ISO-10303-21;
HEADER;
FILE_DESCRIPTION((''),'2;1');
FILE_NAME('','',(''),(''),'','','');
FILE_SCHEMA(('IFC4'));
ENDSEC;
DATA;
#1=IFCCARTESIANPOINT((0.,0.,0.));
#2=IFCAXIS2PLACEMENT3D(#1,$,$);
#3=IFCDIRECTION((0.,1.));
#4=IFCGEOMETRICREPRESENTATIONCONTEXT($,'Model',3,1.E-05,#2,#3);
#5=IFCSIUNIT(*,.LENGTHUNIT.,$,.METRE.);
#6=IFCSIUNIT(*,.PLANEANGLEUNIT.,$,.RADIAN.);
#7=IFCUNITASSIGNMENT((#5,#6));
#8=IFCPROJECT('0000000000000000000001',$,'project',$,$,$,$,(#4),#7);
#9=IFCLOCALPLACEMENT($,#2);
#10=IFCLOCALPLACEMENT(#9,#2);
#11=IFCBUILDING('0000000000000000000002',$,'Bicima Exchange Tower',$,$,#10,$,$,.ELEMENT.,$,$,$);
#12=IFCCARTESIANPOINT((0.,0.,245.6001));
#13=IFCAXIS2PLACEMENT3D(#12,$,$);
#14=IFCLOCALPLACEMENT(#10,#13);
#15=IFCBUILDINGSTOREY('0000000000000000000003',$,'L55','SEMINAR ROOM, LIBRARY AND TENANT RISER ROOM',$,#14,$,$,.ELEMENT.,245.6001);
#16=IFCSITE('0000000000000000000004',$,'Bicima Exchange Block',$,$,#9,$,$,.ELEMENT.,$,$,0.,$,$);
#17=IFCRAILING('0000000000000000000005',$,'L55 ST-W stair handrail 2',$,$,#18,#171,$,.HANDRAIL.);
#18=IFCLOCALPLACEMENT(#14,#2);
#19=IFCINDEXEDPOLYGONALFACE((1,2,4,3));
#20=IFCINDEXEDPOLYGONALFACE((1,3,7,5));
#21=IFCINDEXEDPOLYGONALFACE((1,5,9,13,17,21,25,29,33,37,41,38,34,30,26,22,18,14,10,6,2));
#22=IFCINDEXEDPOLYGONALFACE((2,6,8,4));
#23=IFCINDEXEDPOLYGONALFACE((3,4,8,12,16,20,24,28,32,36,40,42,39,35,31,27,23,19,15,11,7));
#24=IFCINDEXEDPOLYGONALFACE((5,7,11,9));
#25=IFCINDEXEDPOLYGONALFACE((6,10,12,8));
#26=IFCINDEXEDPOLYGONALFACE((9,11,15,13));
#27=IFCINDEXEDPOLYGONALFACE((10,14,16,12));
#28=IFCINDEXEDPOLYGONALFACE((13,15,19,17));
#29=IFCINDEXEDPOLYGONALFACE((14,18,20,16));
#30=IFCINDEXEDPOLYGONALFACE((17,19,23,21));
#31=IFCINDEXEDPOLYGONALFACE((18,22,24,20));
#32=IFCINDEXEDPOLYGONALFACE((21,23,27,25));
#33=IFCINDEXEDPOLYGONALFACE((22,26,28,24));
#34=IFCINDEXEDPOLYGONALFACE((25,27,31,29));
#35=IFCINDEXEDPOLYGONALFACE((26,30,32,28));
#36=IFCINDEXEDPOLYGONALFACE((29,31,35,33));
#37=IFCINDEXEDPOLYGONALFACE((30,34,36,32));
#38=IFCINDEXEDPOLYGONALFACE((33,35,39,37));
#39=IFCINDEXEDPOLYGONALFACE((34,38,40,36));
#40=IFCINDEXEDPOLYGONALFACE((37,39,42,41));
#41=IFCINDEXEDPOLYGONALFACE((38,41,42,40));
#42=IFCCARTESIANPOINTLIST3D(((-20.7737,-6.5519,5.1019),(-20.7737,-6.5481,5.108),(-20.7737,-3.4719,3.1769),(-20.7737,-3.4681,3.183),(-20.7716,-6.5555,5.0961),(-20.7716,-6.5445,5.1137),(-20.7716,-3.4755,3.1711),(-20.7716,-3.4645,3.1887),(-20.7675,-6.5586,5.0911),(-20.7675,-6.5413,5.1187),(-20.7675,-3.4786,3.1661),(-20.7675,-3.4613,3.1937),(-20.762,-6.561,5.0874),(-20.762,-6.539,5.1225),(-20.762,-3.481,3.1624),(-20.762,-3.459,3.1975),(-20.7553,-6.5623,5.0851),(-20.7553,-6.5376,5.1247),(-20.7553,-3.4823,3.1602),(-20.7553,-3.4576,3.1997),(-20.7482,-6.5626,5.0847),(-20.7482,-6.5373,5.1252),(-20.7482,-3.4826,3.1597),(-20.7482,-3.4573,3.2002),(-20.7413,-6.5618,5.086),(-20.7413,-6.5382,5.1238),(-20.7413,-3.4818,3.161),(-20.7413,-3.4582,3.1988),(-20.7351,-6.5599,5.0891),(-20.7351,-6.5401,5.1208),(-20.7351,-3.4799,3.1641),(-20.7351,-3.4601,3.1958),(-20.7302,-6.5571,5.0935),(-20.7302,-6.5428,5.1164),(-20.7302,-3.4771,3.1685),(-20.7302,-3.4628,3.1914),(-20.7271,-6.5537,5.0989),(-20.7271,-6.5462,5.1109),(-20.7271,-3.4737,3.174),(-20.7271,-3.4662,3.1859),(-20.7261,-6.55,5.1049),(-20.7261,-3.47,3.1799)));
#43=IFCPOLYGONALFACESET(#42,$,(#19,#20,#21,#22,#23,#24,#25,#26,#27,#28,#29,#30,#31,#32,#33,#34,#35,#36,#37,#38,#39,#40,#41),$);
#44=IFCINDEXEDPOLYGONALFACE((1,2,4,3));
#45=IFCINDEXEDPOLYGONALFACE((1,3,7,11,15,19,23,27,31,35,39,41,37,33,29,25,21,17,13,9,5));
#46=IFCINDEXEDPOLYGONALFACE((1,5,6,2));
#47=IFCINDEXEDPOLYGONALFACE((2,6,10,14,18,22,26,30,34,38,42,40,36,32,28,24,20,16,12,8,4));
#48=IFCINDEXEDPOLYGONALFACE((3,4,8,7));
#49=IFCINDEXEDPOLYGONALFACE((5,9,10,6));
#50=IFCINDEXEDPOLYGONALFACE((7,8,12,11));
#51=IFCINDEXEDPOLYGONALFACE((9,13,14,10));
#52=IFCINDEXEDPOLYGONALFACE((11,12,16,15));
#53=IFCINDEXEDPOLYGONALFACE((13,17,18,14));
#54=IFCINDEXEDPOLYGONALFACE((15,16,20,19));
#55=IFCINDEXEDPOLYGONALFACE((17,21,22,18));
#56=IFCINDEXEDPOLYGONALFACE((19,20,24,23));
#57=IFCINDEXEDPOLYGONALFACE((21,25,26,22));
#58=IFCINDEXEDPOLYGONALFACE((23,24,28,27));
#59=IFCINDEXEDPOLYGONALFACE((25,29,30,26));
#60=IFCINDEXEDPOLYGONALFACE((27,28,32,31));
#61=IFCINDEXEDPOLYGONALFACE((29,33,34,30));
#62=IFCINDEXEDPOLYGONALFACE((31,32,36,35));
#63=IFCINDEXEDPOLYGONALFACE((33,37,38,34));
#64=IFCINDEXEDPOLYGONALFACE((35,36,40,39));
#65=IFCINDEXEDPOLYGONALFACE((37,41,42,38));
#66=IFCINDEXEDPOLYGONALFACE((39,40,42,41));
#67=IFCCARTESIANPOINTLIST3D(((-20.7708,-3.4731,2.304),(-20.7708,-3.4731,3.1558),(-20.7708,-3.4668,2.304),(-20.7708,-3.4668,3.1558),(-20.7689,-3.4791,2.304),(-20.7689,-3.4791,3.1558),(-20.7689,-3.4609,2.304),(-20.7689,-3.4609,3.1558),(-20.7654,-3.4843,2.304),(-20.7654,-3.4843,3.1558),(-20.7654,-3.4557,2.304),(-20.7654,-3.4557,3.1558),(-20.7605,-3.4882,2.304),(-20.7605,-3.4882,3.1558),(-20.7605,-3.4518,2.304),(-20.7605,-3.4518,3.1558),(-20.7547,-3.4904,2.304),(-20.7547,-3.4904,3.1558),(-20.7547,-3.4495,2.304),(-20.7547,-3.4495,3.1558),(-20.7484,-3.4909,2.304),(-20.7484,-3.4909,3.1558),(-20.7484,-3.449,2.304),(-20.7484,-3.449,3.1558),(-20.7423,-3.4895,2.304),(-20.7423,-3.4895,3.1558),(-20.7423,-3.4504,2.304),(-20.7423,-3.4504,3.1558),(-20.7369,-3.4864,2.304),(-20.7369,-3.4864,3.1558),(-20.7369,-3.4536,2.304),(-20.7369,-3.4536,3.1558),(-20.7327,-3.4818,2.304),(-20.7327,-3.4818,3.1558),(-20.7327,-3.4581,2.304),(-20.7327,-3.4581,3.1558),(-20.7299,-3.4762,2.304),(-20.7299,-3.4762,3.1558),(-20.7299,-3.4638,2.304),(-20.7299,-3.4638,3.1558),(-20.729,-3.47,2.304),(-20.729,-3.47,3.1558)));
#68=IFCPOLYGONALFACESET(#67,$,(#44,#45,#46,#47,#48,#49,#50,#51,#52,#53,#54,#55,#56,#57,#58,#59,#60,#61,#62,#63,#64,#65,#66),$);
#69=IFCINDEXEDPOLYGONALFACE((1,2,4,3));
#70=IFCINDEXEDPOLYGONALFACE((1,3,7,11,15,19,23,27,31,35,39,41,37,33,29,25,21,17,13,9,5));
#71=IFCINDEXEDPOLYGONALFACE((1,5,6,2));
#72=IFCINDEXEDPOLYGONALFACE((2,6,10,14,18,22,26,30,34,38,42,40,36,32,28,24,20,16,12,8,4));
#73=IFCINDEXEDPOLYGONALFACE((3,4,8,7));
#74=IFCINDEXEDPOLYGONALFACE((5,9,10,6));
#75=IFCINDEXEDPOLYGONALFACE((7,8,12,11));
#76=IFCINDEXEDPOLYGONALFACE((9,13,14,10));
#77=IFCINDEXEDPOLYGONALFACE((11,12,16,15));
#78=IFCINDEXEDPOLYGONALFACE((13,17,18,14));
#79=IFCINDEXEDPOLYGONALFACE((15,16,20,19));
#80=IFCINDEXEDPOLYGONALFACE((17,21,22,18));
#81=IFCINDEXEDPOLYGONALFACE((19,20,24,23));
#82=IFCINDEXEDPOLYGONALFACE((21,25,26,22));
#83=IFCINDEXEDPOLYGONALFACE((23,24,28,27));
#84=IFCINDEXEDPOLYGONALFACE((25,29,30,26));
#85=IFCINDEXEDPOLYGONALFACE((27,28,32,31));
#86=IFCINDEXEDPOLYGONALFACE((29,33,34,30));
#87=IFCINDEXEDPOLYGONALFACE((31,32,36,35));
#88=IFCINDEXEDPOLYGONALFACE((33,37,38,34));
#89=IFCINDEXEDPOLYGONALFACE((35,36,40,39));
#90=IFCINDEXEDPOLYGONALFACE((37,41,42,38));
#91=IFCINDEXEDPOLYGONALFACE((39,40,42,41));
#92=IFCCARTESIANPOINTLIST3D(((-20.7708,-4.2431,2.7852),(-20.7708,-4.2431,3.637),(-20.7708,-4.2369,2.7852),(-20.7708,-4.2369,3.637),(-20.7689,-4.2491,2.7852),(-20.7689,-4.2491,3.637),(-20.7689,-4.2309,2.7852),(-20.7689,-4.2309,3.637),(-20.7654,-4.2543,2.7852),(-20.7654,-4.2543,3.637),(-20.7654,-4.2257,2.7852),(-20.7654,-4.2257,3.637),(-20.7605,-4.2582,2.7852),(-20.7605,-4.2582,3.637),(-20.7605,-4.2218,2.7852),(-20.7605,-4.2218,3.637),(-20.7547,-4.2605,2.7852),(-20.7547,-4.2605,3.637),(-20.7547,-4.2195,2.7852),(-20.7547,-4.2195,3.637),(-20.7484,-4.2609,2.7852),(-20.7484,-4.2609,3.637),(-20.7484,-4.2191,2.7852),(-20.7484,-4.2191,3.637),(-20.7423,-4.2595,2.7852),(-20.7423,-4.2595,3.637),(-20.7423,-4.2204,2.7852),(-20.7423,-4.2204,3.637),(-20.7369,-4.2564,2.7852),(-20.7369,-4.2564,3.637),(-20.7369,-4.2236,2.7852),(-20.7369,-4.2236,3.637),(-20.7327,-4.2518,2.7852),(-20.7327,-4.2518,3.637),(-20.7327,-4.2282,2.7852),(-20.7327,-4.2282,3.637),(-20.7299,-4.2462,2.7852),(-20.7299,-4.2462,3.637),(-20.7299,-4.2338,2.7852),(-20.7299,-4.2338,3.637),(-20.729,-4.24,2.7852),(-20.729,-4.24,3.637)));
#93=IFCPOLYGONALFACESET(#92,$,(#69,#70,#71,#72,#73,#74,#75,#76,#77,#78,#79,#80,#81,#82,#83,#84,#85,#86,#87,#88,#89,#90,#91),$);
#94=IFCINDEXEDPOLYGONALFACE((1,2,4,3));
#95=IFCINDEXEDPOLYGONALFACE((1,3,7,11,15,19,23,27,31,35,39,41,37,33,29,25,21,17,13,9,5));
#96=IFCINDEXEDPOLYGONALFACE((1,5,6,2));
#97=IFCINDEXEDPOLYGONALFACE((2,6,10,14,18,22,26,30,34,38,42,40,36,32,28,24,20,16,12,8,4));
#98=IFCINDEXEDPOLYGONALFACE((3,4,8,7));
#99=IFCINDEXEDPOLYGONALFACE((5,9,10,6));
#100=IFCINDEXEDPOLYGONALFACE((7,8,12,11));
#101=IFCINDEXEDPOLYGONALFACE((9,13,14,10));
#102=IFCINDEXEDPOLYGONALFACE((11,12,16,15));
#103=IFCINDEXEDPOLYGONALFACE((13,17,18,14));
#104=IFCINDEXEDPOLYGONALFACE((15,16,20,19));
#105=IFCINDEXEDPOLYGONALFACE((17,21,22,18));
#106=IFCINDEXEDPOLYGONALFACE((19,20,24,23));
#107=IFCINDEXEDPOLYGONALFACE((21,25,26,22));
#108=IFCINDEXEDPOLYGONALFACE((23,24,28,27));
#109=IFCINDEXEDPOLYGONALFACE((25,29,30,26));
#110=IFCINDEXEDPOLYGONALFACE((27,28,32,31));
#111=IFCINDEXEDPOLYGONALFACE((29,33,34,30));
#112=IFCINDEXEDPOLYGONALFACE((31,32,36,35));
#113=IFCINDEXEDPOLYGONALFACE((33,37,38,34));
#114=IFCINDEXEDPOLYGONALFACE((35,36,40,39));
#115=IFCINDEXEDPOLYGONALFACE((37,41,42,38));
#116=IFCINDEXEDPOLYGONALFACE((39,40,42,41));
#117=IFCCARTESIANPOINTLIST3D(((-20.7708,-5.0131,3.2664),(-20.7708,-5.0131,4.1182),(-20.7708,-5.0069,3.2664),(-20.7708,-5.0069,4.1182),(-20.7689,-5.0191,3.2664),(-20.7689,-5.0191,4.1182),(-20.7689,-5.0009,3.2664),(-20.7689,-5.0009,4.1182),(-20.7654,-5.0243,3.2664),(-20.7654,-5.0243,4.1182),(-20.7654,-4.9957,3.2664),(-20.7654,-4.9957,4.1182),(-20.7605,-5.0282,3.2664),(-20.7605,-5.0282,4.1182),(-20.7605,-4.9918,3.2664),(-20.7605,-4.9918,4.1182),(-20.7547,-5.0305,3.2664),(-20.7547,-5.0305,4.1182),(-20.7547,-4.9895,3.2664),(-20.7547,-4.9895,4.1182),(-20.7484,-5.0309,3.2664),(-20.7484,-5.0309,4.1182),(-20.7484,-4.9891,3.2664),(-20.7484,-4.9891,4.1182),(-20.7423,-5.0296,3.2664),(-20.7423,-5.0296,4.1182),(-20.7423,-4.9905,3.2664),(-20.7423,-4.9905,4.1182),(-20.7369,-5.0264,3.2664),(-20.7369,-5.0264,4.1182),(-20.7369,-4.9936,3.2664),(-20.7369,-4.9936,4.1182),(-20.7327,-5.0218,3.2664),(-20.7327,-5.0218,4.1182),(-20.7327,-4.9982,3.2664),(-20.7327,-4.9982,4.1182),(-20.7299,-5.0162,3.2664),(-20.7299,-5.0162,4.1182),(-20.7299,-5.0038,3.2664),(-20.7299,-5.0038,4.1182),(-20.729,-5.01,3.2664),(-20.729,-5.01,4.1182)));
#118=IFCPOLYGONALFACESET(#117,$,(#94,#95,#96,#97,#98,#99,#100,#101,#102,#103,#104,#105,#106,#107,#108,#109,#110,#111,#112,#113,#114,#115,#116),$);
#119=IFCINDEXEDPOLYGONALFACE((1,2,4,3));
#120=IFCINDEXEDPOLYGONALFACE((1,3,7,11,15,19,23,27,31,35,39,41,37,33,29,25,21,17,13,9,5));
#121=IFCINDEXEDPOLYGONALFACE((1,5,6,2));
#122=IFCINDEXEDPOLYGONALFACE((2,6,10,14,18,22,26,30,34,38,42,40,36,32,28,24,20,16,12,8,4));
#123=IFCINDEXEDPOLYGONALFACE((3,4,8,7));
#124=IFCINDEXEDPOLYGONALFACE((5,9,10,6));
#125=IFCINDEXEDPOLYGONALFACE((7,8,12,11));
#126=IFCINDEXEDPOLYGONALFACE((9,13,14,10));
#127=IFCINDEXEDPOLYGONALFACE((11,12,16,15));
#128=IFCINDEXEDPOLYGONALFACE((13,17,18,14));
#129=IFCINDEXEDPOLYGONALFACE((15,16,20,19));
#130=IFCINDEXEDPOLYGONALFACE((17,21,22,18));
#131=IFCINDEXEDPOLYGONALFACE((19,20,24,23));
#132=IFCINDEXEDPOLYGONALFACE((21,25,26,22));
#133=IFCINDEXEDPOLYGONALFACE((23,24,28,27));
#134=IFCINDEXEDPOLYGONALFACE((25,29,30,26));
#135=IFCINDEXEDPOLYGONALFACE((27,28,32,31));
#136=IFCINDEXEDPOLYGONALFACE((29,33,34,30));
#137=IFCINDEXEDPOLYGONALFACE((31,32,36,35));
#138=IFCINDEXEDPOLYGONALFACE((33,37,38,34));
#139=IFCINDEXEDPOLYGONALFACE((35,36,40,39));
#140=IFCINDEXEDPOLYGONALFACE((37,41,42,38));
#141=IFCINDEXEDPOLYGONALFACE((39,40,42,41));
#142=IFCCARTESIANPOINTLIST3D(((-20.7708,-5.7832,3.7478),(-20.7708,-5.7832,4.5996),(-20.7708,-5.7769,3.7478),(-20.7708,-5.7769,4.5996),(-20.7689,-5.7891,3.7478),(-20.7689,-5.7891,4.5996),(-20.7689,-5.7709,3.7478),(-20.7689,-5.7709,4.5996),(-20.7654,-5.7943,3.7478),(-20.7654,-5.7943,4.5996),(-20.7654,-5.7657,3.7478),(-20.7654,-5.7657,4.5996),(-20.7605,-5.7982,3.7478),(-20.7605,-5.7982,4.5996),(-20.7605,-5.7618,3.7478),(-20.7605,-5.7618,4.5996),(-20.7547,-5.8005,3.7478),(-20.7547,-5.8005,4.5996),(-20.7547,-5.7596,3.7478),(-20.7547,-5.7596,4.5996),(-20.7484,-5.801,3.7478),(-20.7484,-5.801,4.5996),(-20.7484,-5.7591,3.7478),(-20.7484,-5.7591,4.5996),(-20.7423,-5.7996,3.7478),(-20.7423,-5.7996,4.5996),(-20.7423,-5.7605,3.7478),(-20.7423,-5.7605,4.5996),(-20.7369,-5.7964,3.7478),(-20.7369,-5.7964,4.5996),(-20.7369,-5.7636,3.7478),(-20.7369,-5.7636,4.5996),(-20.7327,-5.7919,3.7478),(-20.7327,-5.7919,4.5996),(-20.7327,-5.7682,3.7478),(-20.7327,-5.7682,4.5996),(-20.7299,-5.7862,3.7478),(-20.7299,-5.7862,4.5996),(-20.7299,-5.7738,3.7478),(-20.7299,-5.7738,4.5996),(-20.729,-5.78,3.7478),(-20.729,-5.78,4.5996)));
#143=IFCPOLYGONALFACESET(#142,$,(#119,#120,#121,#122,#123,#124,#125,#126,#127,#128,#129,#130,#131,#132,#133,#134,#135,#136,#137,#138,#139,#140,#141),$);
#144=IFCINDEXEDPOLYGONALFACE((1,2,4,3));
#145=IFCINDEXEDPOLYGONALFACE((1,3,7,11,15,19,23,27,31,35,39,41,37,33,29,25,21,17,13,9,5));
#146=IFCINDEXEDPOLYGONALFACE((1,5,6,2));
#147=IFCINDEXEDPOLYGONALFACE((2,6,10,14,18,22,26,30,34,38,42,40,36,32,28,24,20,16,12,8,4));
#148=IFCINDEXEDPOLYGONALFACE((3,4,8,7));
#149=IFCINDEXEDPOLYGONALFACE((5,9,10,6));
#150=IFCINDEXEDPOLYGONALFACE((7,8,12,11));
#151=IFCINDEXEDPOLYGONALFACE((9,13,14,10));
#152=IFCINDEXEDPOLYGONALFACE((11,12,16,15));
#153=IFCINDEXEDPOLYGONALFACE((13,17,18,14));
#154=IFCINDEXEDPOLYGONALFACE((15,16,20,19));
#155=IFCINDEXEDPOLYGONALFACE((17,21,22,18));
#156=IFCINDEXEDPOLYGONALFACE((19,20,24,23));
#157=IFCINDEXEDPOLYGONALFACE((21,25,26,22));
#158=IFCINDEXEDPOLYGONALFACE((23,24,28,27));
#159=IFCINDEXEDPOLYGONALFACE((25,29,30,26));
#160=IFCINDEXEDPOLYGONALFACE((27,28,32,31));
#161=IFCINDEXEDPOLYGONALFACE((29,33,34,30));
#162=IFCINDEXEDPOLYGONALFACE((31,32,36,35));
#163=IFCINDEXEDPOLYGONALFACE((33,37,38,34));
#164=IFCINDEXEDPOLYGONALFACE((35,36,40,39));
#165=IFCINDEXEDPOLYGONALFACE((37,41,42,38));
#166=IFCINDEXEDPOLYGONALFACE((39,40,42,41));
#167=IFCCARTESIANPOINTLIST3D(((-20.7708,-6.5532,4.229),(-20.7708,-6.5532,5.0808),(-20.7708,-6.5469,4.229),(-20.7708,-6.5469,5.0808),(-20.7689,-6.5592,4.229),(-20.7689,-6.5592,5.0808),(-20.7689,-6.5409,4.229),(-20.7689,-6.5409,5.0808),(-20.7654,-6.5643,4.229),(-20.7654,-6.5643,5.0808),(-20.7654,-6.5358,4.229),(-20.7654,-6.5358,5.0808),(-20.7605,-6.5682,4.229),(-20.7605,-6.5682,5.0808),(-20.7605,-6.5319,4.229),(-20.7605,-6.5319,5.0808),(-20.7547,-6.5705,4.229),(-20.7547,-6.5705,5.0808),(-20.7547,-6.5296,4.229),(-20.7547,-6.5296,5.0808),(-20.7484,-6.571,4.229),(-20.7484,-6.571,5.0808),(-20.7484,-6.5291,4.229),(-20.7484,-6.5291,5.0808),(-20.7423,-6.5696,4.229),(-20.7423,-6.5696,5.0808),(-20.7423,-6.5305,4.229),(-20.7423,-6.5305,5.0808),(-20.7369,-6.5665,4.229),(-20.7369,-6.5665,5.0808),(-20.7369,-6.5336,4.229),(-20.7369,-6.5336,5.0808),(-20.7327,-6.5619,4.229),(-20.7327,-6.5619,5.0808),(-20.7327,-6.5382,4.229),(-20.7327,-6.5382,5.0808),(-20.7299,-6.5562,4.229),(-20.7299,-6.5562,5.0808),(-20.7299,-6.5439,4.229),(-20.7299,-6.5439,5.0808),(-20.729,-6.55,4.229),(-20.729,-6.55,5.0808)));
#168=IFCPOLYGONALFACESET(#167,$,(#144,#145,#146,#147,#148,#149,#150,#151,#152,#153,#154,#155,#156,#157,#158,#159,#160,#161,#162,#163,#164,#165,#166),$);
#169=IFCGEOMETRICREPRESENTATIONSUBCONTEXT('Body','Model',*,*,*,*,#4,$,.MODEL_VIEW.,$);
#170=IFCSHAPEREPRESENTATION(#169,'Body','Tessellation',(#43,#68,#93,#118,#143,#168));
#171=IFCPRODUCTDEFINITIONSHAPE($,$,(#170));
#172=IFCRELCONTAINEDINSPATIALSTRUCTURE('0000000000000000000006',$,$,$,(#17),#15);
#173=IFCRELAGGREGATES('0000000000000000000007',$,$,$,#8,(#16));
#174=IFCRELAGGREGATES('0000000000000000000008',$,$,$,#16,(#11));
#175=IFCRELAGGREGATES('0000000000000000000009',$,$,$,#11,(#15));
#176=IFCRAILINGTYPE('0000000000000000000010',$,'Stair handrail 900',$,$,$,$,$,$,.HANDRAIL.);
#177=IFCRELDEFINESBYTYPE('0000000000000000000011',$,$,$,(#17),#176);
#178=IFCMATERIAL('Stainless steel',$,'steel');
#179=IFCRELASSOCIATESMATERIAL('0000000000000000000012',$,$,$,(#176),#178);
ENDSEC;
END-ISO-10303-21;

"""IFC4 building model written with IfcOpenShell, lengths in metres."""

from ifc_helpers import new_model, si_unit, direction, frame, origin, origin_2d, place, context, subcontext, project, spatial, circle, extrude, material, type_object, element, save


model = new_model("IFC4")

# Units and contexts
model_context = context("Model", 3, precision=1e-05, world=origin(), true_north=direction((0.0, 1.0)))
body_context = subcontext(model_context, "Body", "Model", "MODEL_VIEW")
ifc_project = project(units=[si_unit("LENGTHUNIT", "METRE"), si_unit("PLANEANGLEUNIT", "RADIAN")], contexts=[model_context])

# Site, building, storey
site_placement = place(None, origin())
site = spatial("IfcSite", under=ifc_project, at=site_placement, Name="Bicima Exchange Block", CompositionType="ELEMENT", RefElevation=0.0)
building_placement = place(site_placement, origin())
building = spatial("IfcBuilding", under=site, at=building_placement, Name="Bicima Exchange Tower", CompositionType="ELEMENT")
storey_placement = place(building_placement, frame((0.0, 0.0, 245.6001)))
storey = spatial("IfcBuildingStorey", under=building, at=storey_placement, Name="L55", Description="SEMINAR ROOM, LIBRARY AND TENANT RISER ROOM", CompositionType="ELEMENT", Elevation=245.6001)

# Shared definitions
ifc_material_1 = material(Name="Stainless steel", Category="steel")

# Railing
railing_type_1 = type_object("IfcRailingType", Name="Stair handrail 900", PredefinedType="HANDRAIL", material=ifc_material_1)
railing_1_placement = place(storey_placement, frame((-20.75, -3.47, 2.304)))
element("IfcRailing", 1, at=railing_1_placement, inside=storey, type_object=railing_type_1, Name="L55 ST-W stair handrail 2", PredefinedType="HANDRAIL", context=body_context, shape_type="SweptSolid", body=[
    extrude(circle(Radius=0.0239, at=origin_2d()), frame((0.0, 0.0, 0.876), z_axis=(0.0, -0.847998, 0.529999), x_axis=(1.0, 0.0, 0.0)), (0.0, 0.0, 1.0), 3.6321),
    extrude(circle(Radius=0.021, at=origin_2d()), origin(), (0.0, 0.0, 1.0), 0.8518),
    extrude(circle(Radius=0.021, at=origin_2d()), frame((0.0, -0.77, 0.4812)), (0.0, 0.0, 1.0), 0.8518),
    extrude(circle(Radius=0.021, at=origin_2d()), frame((0.0, -1.54, 0.9624)), (0.0, 0.0, 1.0), 0.8518),
    extrude(circle(Radius=0.021, at=origin_2d()), frame((0.0, -2.3101, 1.4438)), (0.0, 0.0, 1.0), 0.8518),
    extrude(circle(Radius=0.021, at=origin_2d()), frame((0.0, -3.0801, 1.925)), (0.0, 0.0, 1.0), 0.8518),
])

save(model, "model.ifc")
